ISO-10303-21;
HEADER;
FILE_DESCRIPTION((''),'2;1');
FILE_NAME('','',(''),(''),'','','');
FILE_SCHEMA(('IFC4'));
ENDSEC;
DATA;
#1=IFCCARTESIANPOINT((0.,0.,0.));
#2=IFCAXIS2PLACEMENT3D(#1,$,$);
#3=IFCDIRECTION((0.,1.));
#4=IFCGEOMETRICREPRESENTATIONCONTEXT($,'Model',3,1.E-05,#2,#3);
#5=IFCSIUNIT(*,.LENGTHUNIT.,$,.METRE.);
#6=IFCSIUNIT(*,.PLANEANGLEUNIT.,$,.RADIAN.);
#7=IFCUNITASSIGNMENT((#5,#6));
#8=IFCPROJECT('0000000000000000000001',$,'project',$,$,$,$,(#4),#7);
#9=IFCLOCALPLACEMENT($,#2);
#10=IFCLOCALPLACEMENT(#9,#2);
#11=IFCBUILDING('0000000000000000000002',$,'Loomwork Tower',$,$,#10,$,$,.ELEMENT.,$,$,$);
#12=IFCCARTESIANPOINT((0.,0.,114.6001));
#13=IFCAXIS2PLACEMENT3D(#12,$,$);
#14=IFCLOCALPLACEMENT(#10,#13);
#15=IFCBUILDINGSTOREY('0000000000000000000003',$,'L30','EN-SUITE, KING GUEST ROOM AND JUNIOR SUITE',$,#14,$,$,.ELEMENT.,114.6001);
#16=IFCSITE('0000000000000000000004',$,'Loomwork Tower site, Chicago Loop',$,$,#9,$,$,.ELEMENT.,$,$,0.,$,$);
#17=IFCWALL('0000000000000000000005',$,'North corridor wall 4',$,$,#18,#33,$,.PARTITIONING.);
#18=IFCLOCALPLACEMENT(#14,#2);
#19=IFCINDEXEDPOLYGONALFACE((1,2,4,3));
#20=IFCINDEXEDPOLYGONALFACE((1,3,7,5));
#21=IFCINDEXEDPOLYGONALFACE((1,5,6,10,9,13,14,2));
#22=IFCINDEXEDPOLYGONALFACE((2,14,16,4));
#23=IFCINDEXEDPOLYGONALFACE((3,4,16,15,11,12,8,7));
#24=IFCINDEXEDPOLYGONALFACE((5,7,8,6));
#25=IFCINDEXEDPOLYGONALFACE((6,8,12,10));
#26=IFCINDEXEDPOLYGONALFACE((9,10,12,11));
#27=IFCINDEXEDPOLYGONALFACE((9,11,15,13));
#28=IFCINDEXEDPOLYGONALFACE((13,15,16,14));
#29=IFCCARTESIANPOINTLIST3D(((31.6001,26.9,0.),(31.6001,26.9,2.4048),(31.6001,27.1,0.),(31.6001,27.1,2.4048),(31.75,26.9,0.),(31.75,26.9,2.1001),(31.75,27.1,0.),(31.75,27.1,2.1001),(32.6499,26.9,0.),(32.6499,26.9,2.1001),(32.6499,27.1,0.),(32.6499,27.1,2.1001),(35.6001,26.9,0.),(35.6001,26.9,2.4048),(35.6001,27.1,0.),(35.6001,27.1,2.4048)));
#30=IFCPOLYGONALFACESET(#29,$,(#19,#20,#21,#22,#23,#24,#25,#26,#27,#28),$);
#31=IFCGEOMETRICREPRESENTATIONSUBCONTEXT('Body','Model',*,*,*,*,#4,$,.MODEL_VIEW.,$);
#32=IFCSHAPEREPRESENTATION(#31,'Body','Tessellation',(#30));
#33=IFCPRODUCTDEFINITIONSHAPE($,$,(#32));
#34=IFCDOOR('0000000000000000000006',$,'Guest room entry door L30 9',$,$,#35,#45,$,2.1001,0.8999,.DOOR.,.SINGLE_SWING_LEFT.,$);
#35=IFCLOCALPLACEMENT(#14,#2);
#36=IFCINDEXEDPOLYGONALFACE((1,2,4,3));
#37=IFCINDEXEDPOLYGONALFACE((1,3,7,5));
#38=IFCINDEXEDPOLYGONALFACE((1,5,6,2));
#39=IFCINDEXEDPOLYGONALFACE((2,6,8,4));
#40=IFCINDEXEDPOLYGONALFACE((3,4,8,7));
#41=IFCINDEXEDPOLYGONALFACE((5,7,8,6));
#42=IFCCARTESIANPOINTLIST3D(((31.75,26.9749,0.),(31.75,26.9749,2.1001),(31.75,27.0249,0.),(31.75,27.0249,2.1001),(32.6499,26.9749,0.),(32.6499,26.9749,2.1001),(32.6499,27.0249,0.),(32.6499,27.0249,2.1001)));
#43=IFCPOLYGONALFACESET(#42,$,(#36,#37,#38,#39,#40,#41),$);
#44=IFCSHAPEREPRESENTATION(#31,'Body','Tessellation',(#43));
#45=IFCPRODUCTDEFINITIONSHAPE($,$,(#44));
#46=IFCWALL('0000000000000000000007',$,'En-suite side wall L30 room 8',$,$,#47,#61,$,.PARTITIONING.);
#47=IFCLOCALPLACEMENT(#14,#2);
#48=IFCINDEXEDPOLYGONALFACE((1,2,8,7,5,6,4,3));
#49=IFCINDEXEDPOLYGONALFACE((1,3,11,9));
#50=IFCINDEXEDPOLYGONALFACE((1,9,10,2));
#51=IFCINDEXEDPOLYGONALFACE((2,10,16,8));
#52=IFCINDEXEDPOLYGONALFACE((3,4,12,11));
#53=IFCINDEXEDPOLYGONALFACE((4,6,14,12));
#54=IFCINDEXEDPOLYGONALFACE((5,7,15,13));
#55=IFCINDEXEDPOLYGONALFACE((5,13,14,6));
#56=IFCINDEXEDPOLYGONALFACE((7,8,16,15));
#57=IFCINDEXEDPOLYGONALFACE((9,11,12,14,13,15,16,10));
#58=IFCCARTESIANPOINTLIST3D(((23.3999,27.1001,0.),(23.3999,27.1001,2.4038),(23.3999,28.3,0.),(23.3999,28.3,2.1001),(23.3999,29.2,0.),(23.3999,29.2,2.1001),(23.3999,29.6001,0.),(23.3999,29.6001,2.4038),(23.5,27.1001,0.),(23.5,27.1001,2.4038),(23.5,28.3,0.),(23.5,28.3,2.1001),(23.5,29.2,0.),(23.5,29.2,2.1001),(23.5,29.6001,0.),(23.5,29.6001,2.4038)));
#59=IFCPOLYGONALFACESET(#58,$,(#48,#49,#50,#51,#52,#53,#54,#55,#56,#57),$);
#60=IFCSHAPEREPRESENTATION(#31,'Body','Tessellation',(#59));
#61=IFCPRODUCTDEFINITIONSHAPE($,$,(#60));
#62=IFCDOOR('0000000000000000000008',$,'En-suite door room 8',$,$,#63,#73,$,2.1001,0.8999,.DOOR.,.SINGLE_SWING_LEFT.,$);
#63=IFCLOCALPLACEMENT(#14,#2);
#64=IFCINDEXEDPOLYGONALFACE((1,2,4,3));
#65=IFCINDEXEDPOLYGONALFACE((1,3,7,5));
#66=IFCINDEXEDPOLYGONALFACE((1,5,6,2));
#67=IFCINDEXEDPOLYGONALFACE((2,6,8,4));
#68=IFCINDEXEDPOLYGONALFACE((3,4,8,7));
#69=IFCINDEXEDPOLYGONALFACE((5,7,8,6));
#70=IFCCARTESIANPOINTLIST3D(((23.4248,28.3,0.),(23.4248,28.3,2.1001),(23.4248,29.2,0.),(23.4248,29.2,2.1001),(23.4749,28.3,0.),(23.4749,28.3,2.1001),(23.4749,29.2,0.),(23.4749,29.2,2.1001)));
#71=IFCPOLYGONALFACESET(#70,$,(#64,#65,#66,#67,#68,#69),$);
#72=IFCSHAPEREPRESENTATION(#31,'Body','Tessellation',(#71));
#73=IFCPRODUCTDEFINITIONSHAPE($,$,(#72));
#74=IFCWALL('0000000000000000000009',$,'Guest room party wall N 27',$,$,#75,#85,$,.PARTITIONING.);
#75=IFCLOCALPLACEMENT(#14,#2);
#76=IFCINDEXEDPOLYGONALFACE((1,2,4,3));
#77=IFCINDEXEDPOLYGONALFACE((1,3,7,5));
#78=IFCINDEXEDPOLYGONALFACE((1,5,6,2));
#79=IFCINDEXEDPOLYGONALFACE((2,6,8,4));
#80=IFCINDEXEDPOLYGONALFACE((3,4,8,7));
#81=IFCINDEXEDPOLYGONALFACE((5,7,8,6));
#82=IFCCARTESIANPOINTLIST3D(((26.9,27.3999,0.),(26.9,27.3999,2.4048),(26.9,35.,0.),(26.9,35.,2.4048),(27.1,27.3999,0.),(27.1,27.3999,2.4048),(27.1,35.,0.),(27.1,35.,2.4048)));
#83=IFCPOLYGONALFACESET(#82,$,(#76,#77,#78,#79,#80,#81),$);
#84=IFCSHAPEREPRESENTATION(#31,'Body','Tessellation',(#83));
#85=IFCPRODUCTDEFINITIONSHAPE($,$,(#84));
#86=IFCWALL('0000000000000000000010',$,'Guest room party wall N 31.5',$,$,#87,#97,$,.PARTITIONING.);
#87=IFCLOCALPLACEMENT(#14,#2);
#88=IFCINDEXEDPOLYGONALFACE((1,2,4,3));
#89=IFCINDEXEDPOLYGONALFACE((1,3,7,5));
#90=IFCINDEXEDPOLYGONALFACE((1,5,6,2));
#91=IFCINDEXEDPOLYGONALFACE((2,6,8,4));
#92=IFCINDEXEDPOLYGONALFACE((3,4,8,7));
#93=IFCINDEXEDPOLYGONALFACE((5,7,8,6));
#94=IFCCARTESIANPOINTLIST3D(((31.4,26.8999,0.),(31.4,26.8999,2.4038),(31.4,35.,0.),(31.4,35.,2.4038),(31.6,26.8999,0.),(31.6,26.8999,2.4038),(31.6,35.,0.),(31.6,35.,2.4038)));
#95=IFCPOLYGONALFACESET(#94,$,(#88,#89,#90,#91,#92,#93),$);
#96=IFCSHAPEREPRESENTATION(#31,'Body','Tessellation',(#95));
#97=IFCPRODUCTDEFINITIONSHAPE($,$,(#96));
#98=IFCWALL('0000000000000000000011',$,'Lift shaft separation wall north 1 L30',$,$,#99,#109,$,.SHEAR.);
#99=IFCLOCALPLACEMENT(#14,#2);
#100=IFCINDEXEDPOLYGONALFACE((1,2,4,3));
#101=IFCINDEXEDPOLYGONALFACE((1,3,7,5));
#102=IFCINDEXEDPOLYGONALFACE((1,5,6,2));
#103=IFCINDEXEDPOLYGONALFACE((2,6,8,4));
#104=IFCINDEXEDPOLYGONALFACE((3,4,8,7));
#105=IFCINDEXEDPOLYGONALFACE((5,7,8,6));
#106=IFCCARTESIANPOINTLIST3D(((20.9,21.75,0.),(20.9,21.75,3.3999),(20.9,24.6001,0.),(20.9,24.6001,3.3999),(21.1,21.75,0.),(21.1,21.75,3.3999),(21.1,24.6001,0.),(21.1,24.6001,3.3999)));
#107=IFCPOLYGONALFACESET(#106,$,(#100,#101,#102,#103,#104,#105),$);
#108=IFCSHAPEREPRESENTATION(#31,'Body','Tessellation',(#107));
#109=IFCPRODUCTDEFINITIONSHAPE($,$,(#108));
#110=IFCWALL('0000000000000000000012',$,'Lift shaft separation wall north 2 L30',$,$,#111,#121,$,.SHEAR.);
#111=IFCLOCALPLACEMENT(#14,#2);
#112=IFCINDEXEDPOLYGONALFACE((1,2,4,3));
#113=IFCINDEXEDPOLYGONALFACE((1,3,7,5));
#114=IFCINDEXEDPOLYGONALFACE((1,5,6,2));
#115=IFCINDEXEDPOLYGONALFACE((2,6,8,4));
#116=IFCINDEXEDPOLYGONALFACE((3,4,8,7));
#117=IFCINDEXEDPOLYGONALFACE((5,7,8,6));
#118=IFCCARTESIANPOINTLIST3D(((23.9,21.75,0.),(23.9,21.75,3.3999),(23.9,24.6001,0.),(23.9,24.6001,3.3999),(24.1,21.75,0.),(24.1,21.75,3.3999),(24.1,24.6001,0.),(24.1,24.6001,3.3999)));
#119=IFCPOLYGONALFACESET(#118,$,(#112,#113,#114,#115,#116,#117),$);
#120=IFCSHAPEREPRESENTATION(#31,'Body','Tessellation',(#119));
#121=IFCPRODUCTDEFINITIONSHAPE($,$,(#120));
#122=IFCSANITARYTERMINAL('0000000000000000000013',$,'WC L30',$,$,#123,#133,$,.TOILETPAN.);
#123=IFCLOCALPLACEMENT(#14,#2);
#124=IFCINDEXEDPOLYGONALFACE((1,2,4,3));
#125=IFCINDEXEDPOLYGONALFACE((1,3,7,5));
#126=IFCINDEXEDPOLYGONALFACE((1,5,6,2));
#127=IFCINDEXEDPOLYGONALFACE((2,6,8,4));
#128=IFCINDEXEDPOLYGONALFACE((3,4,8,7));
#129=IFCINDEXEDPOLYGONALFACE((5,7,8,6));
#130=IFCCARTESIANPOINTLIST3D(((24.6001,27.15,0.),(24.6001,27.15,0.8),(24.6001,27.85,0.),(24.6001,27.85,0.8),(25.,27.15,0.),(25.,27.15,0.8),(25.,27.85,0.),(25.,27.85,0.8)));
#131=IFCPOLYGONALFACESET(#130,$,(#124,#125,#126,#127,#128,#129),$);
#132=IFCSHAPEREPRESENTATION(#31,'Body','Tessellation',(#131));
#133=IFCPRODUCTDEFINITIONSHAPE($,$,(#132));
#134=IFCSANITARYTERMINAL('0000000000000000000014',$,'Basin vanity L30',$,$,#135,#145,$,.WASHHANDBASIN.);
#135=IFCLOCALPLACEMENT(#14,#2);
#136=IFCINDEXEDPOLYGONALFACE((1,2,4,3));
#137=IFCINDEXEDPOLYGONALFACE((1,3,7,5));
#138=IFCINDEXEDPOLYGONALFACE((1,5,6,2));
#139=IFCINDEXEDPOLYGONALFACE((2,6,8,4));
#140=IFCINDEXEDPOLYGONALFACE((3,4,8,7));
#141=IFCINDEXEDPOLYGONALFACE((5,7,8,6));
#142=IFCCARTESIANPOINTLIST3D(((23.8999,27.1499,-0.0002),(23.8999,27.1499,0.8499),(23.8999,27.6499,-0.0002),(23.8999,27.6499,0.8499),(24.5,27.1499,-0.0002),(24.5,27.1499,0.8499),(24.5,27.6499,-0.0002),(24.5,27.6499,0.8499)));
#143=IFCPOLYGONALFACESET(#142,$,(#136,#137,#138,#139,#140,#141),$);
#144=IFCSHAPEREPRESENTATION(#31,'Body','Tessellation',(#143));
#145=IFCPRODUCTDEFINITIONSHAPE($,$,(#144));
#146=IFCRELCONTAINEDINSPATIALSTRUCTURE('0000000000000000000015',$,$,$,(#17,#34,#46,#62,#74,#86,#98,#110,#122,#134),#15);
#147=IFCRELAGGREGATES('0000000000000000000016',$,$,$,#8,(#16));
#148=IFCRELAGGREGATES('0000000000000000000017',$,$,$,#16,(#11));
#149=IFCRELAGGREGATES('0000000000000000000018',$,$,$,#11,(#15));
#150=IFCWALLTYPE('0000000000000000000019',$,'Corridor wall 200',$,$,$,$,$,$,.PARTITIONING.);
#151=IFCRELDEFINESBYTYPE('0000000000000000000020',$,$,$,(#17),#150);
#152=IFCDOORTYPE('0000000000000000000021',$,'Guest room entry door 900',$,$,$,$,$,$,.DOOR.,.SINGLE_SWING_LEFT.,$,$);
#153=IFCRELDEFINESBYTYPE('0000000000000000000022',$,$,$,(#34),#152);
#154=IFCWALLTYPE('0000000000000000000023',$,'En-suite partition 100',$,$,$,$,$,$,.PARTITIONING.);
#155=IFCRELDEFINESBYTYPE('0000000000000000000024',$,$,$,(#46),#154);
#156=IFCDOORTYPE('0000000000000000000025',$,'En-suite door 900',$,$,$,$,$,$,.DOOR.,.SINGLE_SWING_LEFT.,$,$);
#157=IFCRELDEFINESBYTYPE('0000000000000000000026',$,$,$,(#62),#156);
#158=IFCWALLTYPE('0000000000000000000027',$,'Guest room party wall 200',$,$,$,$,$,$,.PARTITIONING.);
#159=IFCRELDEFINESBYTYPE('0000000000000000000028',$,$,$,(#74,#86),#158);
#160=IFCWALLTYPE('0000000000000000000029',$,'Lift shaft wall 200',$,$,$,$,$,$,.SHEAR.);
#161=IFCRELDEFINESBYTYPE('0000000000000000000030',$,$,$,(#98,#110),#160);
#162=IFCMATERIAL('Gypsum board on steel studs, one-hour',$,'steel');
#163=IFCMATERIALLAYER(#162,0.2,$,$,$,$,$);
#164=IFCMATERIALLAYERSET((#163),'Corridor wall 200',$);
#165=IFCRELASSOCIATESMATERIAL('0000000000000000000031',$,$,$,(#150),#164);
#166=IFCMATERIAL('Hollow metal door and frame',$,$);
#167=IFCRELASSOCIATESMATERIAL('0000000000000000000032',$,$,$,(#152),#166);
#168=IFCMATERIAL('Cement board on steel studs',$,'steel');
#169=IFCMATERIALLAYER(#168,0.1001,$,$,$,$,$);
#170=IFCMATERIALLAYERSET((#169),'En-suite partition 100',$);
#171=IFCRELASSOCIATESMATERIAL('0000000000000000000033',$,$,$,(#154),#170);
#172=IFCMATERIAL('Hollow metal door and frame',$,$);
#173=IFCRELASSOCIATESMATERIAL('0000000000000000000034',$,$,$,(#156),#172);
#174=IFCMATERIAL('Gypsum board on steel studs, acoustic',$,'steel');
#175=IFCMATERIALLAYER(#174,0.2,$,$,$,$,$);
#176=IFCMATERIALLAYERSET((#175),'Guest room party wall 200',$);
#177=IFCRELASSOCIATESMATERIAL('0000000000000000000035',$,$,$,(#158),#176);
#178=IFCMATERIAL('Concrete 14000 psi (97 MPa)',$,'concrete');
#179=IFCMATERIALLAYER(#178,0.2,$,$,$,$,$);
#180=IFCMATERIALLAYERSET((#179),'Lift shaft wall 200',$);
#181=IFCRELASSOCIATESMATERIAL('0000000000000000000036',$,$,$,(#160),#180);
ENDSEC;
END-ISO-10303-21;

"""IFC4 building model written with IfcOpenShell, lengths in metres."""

from ifc_helpers import new_model, si_unit, direction, frame, frame_2d, origin, origin_2d, place, context, subcontext, project, spatial, rectangle, extrude, material, layer, layer_set, type_object, element, fill, save


model = new_model("IFC4")

# Units and contexts
model_context = context("Model", 3, precision=1e-05, world=origin(), true_north=direction((0.0, 1.0)))
body_context = subcontext(model_context, "Body", "Model", "MODEL_VIEW")
ifc_project = project(units=[si_unit("LENGTHUNIT", "METRE"), si_unit("PLANEANGLEUNIT", "RADIAN")], contexts=[model_context])

# Site, building, storey
site_placement = place(None, origin())
site = spatial("IfcSite", under=ifc_project, at=site_placement, Name="Loomwork Tower site, Chicago Loop", CompositionType="ELEMENT", RefElevation=0.0)
building_placement = place(site_placement, origin())
building = spatial("IfcBuilding", under=site, at=building_placement, Name="Loomwork Tower", CompositionType="ELEMENT")
storey_placement = place(building_placement, frame((0.0, 0.0, 114.6001)))
storey = spatial("IfcBuildingStorey", under=building, at=storey_placement, Name="L30", Description="EN-SUITE, KING GUEST ROOM AND JUNIOR SUITE", CompositionType="ELEMENT", Elevation=114.6001)

# Walls, openings, doors
ifc_material_1 = material(Name="Gypsum board on steel studs, one-hour", Category="steel")
ifc_layer_1 = layer(ifc_material_1, 0.2)
ifc_layer_set_1 = layer_set([ifc_layer_1], Name="Corridor wall 200")
wall_type_1 = type_object("IfcWallType", Name="Corridor wall 200", PredefinedType="PARTITIONING", material=ifc_layer_set_1)
ifc_material_2 = material(Name="Hollow metal door and frame")
door_type_1 = type_object("IfcDoorType", Name="Guest room entry door 900", OperationType="SINGLE_SWING_LEFT", PredefinedType="DOOR", material=ifc_material_2)
wall_1_placement = place(storey_placement, frame((31.6001, 27.0, 0.0), z_axis=(0.0, 0.0, 1.0), x_axis=(1.0, 0.0, 0.0)))
wall_1 = element("IfcWall", 1, at=wall_1_placement, inside=storey, type_object=wall_type_1, Name="North corridor wall 4", PredefinedType="PARTITIONING", context=body_context, shape_type="SweptSolid", body=[
    extrude(rectangle(XDim=4.0, YDim=0.2, at=frame_2d((2.0, 0.0))), origin(), (0.0, 0.0, 1.0), 2.4048),
])
opening_1_placement = place(wall_1_placement, frame((0.1499, 0.0, 0.0)))
opening_1 = element("IfcOpeningElement", 2, at=opening_1_placement, cuts=wall_1, PredefinedType="OPENING", context=body_context, shape_type="SweptSolid", body=[
    extrude(rectangle(XDim=0.8999, YDim=2.1001, at=frame_2d((0.45, 1.05))), frame((0.0, 0.1099, 0.0), z_axis=(0.0, -1.0, 0.0), x_axis=(1.0, 0.0, 0.0)), (0.0, 0.0, 1.0), 0.22),
])
door_1_placement = place(opening_1_placement, origin())
door_1 = element("IfcDoor", 3, at=door_1_placement, inside=storey, type_object=door_type_1, Name="Guest room entry door L30 9", OperationType="SINGLE_SWING_LEFT", OverallHeight=2.1001, OverallWidth=0.8999, PredefinedType="DOOR", context=body_context, shape_type="SweptSolid", body=[
    extrude(rectangle(XDim=0.8999, YDim=2.1001, at=frame_2d((0.45, 1.05))), frame((0.0, 0.0249, 0.0), z_axis=(0.0, -1.0, 0.0), x_axis=(1.0, 0.0, 0.0)), (0.0, 0.0, 1.0), 0.05),
])
fill(opening_1, door_1)
ifc_material_3 = material(Name="Cement board on steel studs", Category="steel")
ifc_layer_2 = layer(ifc_material_3, 0.1001)
ifc_layer_set_2 = layer_set([ifc_layer_2], Name="En-suite partition 100")
wall_type_2 = type_object("IfcWallType", Name="En-suite partition 100", PredefinedType="PARTITIONING", material=ifc_layer_set_2)
wall_2_placement = place(storey_placement, frame((23.45, 27.1001, 0.0), z_axis=(0.0, 0.0, 1.0), x_axis=(0.0, 1.0, 0.0)))
wall_2 = element("IfcWall", 4, at=wall_2_placement, inside=storey, type_object=wall_type_2, Name="En-suite side wall L30 room 8", PredefinedType="PARTITIONING", context=body_context, shape_type="SweptSolid", body=[
    extrude(rectangle(XDim=2.5, YDim=0.1001, at=frame_2d((1.25, 0.0))), origin(), (0.0, 0.0, 1.0), 2.4038),
])
opening_2_placement = place(wall_2_placement, frame((1.2, 0.0, 0.0)))
opening_2 = element("IfcOpeningElement", 5, at=opening_2_placement, cuts=wall_2, PredefinedType="OPENING", context=body_context, shape_type="SweptSolid", body=[
    extrude(rectangle(XDim=0.8999, YDim=2.1001, at=frame_2d((0.45, 1.05))), frame((0.0, 0.0601, 0.0), z_axis=(0.0, -1.0, 0.0), x_axis=(1.0, 0.0, 0.0)), (0.0, 0.0, 1.0), 0.1201),
])
ifc_material_4 = material(Name="Hollow metal door and frame")
door_type_2 = type_object("IfcDoorType", Name="En-suite door 900", OperationType="SINGLE_SWING_LEFT", PredefinedType="DOOR", material=ifc_material_4)
door_2_placement = place(opening_2_placement, frame((0.8999, 0.0, 0.0), z_axis=(0.0, 0.0, 1.0), x_axis=(-1.0, 0.0, 0.0)))
door_2 = element("IfcDoor", 6, at=door_2_placement, inside=storey, type_object=door_type_2, Name="En-suite door room 8", OperationType="SINGLE_SWING_LEFT", OverallHeight=2.1001, OverallWidth=0.8999, PredefinedType="DOOR", context=body_context, shape_type="SweptSolid", body=[
    extrude(rectangle(XDim=0.8999, YDim=2.1001, at=frame_2d((0.45, 1.05))), frame((0.0, 0.0249, 0.0), z_axis=(0.0, -1.0, 0.0), x_axis=(1.0, 0.0, 0.0)), (0.0, 0.0, 1.0), 0.05),
])
fill(opening_2, door_2)

# Walls
ifc_material_5 = material(Name="Gypsum board on steel studs, acoustic", Category="steel")
ifc_layer_3 = layer(ifc_material_5, 0.2)
ifc_layer_set_3 = layer_set([ifc_layer_3], Name="Guest room party wall 200")
wall_type_3 = type_object("IfcWallType", Name="Guest room party wall 200", PredefinedType="PARTITIONING", material=ifc_layer_set_3)
wall_3_placement = place(storey_placement, frame((27.0, 27.3999, 0.0), z_axis=(0.0, 0.0, 1.0), x_axis=(0.0, 1.0, 0.0)))
element("IfcWall", 7, at=wall_3_placement, inside=storey, type_object=wall_type_3, Name="Guest room party wall N 27", PredefinedType="PARTITIONING", context=body_context, shape_type="SweptSolid", body=[
    extrude(rectangle(XDim=7.6001, YDim=0.2, at=frame_2d((3.8, 0.0))), origin(), (0.0, 0.0, 1.0), 2.4048),
])
wall_4_placement = place(storey_placement, frame((31.5, 26.8999, 0.0), z_axis=(0.0, 0.0, 1.0), x_axis=(0.0, 1.0, 0.0)))
element("IfcWall", 8, at=wall_4_placement, inside=storey, type_object=wall_type_3, Name="Guest room party wall N 31.5", PredefinedType="PARTITIONING", context=body_context, shape_type="SweptSolid", body=[
    extrude(rectangle(XDim=8.1001, YDim=0.2, at=frame_2d((4.05, 0.0))), origin(), (0.0, 0.0, 1.0), 2.4038),
])
ifc_material_6 = material(Name="Concrete 14000 psi (97 MPa)", Category="concrete")
ifc_layer_4 = layer(ifc_material_6, 0.2)
ifc_layer_set_4 = layer_set([ifc_layer_4], Name="Lift shaft wall 200")
wall_type_4 = type_object("IfcWallType", Name="Lift shaft wall 200", PredefinedType="SHEAR", material=ifc_layer_set_4)
for number, where, z_axis, x_axis, name in (
    (9, (21.0, 21.75, 0.0), (0.0, 0.0, 1.0), (0.0, 1.0, 0.0), "Lift shaft separation wall north 1 L30"),
    (10, (24.0, 21.75, 0.0), (0.0, 0.0, 1.0), (0.0, 1.0, 0.0), "Lift shaft separation wall north 2 L30"),
):
    element("IfcWall", number, at=place(storey_placement, frame(where, z_axis=z_axis, x_axis=x_axis)), inside=storey, type_object=wall_type_4, Name=name, PredefinedType="SHEAR", context=body_context, shape_type="SweptSolid", body=[
        extrude(rectangle(XDim=2.8501, YDim=0.2, at=frame_2d((1.425, 0.0))), origin(), (0.0, 0.0, 1.0), 3.3999),
    ])

# Sanitary terminals
sanitary_terminal_1_placement = place(storey_placement, frame((24.8, 27.5, 0.0), z_axis=(0.0, 0.0, 1.0), x_axis=(1.0, 0.0, 0.0)))
element("IfcSanitaryTerminal", 11, at=sanitary_terminal_1_placement, inside=storey, Name="WC L30", PredefinedType="TOILETPAN", context=body_context, shape_type="SweptSolid", body=[
    extrude(rectangle(XDim=0.3999, YDim=0.7, at=origin_2d()), origin(), (0.0, 0.0, 1.0), 0.8),
])
sanitary_terminal_2_placement = place(storey_placement, frame((24.2, 27.3999, -0.0002), z_axis=(0.0, 0.0, 1.0), x_axis=(1.0, 0.0, 0.0)))
element("IfcSanitaryTerminal", 12, at=sanitary_terminal_2_placement, inside=storey, Name="Basin vanity L30", PredefinedType="WASHHANDBASIN", context=body_context, shape_type="SweptSolid", body=[
    extrude(rectangle(XDim=0.6001, YDim=0.5, at=origin_2d()), origin(), (0.0, 0.0, 1.0), 0.8501),
])

save(model, "model.ifc")
